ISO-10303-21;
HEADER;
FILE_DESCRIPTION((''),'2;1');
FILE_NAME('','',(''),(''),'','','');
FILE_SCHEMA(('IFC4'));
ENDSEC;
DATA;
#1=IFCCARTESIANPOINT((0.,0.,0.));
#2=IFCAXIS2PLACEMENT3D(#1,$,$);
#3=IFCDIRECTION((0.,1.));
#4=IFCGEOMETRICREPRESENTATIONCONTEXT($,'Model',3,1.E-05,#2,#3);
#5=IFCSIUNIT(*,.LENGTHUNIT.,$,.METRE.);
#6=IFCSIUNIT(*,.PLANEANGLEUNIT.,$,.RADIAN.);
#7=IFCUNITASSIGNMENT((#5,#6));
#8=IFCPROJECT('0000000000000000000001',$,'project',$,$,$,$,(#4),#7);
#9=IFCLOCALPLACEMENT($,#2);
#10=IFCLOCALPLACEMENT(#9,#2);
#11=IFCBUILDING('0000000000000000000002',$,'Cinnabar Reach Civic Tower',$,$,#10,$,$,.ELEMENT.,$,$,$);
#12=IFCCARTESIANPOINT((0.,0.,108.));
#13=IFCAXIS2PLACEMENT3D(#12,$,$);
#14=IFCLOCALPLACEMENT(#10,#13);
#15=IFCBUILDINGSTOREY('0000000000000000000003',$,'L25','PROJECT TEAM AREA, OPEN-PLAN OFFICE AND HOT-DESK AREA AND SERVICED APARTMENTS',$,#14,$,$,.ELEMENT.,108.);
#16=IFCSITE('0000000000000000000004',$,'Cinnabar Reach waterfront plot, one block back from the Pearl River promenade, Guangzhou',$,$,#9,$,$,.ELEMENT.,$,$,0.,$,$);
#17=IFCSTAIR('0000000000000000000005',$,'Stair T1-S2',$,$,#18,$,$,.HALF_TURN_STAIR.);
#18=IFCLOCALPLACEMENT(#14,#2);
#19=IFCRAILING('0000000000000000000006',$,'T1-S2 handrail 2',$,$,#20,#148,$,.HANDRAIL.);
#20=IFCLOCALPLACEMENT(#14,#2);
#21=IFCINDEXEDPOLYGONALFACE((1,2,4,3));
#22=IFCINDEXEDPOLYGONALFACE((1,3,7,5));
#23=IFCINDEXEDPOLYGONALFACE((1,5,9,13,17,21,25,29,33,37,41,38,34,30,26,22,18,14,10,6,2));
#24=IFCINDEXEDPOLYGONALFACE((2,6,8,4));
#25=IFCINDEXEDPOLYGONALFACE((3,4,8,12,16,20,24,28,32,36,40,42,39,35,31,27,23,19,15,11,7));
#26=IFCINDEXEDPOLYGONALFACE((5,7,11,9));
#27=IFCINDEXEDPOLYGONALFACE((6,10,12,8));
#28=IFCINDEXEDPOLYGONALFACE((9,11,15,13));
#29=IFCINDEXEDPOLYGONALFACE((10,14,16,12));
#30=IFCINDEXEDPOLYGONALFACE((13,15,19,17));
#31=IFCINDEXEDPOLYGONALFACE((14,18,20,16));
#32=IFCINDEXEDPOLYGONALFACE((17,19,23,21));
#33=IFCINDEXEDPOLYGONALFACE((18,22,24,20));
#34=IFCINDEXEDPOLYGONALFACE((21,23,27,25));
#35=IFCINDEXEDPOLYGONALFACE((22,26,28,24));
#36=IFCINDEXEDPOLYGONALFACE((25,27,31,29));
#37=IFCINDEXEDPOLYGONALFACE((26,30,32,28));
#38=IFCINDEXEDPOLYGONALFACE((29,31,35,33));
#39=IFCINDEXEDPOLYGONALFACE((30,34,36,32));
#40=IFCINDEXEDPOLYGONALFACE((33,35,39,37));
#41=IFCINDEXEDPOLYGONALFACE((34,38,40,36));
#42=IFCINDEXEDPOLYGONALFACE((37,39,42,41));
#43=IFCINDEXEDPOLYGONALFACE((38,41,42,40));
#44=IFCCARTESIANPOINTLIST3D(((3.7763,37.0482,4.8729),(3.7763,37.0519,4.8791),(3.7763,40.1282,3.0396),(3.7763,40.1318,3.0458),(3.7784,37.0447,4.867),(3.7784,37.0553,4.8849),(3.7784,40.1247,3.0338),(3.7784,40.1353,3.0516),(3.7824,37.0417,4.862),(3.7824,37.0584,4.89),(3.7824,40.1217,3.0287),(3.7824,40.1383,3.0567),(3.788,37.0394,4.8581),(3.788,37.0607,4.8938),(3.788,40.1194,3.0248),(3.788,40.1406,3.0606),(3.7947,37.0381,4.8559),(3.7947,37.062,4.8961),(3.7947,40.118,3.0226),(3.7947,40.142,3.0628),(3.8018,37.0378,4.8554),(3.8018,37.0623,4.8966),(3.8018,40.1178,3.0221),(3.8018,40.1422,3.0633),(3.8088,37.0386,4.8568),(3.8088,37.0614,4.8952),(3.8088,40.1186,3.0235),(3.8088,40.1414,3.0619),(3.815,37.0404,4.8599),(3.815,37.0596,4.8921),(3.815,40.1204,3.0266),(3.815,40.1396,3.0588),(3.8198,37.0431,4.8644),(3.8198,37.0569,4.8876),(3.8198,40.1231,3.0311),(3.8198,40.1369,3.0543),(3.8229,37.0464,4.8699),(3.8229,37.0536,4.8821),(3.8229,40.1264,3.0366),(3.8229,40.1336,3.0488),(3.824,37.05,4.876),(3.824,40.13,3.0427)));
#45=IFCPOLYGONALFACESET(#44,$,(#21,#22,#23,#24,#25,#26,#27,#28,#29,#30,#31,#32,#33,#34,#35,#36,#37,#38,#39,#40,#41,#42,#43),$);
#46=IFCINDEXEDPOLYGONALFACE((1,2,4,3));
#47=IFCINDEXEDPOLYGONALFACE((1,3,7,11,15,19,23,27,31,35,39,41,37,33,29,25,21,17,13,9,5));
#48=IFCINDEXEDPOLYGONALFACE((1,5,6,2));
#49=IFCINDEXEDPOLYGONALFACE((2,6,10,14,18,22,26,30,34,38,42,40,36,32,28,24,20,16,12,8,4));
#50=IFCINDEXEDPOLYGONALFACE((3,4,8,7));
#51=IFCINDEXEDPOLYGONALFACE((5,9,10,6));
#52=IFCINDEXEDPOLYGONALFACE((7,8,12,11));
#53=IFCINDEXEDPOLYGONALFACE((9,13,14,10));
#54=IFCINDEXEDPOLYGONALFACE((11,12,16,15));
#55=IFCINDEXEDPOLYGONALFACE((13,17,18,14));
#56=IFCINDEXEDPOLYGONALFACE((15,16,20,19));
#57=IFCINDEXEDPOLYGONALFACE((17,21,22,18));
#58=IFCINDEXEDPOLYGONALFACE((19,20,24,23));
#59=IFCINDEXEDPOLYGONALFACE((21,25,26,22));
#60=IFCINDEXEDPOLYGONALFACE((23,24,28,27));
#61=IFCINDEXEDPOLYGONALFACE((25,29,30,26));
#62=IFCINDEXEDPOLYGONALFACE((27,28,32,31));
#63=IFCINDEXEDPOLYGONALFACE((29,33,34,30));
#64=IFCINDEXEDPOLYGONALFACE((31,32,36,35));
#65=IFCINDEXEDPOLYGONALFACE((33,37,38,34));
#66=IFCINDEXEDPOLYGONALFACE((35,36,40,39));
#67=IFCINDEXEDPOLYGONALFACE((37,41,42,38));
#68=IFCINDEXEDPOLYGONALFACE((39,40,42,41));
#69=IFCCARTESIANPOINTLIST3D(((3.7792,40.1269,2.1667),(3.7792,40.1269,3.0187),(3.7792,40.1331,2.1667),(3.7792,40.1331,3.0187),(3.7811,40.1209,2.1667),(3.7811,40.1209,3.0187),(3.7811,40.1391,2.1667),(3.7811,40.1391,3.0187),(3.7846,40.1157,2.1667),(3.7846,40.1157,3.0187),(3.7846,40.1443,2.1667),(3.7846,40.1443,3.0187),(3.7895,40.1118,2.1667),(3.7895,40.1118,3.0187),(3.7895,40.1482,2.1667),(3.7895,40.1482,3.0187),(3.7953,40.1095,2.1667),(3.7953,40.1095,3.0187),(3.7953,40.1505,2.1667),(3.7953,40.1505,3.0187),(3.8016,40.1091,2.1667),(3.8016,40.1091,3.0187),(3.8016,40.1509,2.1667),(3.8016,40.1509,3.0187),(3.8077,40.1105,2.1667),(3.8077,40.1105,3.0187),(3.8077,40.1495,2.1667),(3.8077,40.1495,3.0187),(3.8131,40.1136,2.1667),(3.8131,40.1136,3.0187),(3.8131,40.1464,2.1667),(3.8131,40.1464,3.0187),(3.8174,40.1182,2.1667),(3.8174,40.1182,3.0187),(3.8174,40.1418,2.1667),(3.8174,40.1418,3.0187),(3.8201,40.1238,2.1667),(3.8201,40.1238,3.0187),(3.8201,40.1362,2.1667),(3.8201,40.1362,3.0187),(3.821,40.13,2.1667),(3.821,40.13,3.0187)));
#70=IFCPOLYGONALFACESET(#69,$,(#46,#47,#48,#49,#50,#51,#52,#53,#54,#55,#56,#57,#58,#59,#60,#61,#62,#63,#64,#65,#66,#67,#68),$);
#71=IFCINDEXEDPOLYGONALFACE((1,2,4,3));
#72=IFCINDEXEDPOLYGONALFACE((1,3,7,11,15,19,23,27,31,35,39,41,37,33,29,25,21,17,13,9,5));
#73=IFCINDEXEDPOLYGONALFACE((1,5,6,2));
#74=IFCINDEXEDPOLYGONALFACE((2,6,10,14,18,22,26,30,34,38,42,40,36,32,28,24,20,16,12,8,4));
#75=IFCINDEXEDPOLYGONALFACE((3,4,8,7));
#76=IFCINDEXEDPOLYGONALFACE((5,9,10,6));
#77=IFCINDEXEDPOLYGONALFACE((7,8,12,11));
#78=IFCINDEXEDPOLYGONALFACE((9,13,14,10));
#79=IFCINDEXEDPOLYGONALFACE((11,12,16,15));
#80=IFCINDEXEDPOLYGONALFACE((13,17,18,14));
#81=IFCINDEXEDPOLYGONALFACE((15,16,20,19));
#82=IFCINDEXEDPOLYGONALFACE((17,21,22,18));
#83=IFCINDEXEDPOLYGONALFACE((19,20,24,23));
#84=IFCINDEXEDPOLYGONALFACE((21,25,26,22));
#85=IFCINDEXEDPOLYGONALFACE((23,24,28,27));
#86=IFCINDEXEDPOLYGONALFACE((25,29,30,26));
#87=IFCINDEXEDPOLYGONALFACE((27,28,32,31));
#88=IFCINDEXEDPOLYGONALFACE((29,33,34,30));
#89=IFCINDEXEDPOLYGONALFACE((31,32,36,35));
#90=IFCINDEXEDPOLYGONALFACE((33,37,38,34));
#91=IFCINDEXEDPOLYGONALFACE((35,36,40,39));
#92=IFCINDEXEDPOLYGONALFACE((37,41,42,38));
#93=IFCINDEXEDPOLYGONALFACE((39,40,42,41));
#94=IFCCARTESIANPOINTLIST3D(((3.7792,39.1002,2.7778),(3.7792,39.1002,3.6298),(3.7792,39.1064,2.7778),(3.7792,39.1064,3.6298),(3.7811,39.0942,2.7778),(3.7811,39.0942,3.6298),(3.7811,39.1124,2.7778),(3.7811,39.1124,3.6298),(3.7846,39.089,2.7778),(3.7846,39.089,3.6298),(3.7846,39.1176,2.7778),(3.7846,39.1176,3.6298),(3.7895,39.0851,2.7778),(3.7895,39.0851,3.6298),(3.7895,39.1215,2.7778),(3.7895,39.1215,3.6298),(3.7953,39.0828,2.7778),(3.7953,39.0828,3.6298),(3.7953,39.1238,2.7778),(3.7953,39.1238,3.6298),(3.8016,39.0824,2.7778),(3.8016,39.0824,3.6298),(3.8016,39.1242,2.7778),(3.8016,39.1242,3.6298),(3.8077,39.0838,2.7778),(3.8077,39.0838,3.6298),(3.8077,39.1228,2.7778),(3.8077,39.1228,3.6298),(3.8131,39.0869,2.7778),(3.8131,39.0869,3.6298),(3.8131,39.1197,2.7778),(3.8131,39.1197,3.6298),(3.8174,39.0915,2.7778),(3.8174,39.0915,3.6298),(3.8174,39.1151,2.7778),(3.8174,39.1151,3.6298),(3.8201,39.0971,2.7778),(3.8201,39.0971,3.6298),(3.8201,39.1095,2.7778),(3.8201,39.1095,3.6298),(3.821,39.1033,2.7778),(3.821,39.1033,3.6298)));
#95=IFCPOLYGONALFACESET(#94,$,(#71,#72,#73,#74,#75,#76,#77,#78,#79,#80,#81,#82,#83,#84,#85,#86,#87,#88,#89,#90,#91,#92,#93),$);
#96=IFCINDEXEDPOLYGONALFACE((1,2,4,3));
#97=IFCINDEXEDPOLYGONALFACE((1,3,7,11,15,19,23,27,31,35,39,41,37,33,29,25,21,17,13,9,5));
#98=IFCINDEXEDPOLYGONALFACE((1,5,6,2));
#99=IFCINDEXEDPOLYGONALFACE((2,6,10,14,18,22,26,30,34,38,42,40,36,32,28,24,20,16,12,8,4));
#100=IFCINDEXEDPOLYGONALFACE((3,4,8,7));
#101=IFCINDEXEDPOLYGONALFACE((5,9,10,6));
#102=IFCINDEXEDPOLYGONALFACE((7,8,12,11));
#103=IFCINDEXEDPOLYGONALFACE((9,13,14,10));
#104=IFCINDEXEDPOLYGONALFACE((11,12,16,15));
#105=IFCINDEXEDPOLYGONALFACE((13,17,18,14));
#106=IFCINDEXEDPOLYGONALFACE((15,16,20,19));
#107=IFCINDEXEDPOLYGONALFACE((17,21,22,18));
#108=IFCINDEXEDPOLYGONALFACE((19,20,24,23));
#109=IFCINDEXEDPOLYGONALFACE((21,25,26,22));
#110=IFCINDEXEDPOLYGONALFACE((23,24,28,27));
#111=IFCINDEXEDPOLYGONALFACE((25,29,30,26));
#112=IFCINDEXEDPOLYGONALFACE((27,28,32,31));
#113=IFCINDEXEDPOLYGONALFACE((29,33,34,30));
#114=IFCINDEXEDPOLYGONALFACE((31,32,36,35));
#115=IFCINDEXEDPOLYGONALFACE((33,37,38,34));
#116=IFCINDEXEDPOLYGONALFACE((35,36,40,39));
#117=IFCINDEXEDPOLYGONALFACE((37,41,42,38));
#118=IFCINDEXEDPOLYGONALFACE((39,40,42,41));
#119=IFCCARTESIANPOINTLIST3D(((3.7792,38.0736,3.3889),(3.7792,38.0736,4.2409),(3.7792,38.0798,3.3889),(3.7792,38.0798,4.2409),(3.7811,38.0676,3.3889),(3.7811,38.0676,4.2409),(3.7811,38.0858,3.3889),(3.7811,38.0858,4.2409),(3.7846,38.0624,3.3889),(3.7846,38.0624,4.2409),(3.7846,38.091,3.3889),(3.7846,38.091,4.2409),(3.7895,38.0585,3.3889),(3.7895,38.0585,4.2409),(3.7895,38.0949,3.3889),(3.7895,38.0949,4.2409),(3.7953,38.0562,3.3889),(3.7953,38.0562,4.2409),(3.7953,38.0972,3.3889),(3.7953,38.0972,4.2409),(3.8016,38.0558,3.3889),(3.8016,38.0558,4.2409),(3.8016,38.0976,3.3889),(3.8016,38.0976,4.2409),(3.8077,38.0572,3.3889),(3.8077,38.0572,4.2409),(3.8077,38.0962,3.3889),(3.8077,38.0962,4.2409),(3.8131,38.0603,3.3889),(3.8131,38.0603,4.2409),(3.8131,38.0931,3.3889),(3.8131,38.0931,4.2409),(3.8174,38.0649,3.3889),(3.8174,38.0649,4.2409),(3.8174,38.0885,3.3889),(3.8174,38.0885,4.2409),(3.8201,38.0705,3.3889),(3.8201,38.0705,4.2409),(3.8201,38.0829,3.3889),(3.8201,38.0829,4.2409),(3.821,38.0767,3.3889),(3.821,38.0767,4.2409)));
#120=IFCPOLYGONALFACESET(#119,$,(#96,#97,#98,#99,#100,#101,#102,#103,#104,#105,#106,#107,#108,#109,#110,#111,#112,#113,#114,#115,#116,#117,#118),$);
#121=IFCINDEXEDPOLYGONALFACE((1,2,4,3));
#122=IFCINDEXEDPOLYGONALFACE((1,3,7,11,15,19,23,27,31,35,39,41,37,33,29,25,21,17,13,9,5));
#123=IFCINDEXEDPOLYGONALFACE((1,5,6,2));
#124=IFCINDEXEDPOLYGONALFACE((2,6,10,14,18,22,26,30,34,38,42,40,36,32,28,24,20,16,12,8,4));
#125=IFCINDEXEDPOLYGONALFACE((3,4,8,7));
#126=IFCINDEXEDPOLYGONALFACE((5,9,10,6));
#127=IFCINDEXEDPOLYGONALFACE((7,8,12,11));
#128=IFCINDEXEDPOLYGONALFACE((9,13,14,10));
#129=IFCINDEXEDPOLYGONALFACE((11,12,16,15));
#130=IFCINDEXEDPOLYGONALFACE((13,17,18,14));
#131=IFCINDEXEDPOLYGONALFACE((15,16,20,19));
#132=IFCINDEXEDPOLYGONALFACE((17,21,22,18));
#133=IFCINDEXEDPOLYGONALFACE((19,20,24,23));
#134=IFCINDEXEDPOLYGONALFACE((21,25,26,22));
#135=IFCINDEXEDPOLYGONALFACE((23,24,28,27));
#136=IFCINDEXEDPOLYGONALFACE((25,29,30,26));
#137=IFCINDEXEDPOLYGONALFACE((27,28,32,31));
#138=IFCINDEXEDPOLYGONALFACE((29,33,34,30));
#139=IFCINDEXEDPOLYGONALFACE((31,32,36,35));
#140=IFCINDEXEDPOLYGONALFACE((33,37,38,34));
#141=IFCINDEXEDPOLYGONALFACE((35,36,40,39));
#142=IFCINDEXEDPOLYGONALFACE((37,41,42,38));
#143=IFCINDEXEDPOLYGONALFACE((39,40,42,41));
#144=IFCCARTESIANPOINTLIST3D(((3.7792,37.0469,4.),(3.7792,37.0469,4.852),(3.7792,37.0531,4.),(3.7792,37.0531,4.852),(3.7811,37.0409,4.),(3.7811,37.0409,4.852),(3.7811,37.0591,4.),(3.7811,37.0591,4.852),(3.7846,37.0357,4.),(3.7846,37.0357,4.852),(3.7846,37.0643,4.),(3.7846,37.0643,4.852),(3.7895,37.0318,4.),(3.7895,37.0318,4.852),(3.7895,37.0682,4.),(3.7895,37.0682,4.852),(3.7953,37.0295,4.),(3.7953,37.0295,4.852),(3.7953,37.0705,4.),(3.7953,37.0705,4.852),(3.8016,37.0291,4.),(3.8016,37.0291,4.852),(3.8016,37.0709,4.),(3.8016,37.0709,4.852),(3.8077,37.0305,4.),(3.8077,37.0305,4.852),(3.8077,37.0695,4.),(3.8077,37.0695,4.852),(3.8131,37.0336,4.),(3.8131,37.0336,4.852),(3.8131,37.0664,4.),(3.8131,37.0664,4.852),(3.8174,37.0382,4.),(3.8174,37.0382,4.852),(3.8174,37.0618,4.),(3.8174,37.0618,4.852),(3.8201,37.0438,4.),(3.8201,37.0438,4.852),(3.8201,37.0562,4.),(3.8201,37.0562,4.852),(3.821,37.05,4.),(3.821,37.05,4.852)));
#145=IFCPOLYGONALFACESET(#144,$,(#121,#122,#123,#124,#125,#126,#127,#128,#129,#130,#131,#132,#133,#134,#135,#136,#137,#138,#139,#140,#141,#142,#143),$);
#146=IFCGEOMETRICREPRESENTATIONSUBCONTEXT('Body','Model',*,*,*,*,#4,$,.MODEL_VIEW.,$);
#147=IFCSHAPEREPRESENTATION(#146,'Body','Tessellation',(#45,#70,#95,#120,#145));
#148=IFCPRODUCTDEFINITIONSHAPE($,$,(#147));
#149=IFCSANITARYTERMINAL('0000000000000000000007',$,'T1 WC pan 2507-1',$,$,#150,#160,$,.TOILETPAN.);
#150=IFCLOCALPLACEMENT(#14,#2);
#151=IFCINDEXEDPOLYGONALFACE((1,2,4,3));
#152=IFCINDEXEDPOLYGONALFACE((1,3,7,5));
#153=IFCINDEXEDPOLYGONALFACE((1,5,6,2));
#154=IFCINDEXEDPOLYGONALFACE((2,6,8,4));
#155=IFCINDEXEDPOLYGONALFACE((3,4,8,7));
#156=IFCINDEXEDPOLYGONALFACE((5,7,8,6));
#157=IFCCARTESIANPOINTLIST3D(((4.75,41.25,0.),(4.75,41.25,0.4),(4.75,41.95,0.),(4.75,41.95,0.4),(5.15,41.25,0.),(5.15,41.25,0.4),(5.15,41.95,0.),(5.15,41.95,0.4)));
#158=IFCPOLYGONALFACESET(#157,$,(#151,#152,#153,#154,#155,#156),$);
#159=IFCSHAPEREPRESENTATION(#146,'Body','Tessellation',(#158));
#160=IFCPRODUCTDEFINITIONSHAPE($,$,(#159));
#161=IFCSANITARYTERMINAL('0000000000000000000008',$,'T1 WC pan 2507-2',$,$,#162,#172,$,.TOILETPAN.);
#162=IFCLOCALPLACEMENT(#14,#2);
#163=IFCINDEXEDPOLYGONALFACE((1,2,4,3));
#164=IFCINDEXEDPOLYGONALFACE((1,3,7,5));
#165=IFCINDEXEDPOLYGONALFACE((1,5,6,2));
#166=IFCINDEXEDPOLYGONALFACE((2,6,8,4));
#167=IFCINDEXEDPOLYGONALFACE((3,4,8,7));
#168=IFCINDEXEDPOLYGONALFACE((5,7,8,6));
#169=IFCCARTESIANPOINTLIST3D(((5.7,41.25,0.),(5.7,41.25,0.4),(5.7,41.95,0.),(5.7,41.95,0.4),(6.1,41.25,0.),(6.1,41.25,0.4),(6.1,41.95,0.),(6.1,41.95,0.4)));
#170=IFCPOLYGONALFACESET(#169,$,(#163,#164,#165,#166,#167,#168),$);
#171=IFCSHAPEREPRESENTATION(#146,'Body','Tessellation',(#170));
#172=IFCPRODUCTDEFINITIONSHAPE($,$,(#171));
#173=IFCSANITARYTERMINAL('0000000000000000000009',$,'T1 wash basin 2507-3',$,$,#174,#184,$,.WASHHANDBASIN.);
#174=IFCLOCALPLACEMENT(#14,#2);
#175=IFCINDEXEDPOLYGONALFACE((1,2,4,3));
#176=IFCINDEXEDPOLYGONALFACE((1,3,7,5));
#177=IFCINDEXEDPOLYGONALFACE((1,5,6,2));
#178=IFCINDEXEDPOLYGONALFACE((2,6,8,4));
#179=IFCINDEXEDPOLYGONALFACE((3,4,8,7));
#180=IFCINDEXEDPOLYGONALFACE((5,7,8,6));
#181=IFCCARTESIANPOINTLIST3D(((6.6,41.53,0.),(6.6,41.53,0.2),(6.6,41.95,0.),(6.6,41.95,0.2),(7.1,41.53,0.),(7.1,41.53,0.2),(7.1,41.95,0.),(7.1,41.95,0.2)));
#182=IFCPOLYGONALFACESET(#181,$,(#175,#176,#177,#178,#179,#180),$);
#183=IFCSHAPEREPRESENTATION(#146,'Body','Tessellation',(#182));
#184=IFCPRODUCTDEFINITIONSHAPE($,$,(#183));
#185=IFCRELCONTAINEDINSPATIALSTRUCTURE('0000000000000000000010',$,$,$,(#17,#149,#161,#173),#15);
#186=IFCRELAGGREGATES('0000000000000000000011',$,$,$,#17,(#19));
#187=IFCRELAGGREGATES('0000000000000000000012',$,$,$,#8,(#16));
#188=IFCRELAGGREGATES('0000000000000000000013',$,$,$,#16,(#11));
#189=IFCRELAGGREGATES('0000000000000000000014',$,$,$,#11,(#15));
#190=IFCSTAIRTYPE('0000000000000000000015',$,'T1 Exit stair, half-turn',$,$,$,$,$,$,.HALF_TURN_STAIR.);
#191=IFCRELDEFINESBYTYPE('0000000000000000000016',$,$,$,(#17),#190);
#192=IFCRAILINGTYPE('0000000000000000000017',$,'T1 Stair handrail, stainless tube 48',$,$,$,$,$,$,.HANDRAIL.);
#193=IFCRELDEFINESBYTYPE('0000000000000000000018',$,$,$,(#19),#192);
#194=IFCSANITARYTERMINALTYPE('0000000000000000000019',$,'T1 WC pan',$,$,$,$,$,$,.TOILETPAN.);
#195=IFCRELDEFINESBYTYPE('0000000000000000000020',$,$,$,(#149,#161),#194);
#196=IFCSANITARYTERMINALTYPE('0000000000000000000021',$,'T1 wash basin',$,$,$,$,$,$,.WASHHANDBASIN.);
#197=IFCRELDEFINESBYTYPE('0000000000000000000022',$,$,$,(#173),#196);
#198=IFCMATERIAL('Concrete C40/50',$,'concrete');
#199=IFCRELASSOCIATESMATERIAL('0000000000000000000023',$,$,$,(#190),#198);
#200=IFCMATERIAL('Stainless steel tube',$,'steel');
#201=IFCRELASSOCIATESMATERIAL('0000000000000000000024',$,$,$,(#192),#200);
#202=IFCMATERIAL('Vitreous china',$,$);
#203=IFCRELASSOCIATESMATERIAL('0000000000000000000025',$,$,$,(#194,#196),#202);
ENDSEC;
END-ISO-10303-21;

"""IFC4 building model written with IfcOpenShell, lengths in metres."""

from ifc_helpers import new_model, si_unit, direction, frame, origin, origin_2d, place, context, subcontext, project, spatial, rectangle, circle, extrude, material, type_object, element, aggregate, save


model = new_model("IFC4")

# Units and contexts
model_context = context("Model", 3, precision=1e-05, world=origin(), true_north=direction((0.0, 1.0)))
body_context = subcontext(model_context, "Body", "Model", "MODEL_VIEW")
ifc_project = project(units=[si_unit("LENGTHUNIT", "METRE"), si_unit("PLANEANGLEUNIT", "RADIAN")], contexts=[model_context])

# Site, building, storey
site_placement = place(None, origin())
site = spatial("IfcSite", under=ifc_project, at=site_placement, Name="Cinnabar Reach waterfront plot, one block back from the Pearl River promenade, Guangzhou", CompositionType="ELEMENT", RefElevation=0.0)
building_placement = place(site_placement, origin())
building = spatial("IfcBuilding", under=site, at=building_placement, Name="Cinnabar Reach Civic Tower", CompositionType="ELEMENT")
storey_placement = place(building_placement, frame((0.0, 0.0, 108.0)))
storey = spatial("IfcBuildingStorey", under=building, at=storey_placement, Name="L25", Description="PROJECT TEAM AREA, OPEN-PLAN OFFICE AND HOT-DESK AREA AND SERVICED APARTMENTS", CompositionType="ELEMENT", Elevation=108.0)

# Stair, railing
ifc_material_1 = material(Name="Concrete C40/50", Category="concrete")
stair_type = type_object("IfcStairType", Name="T1 Exit stair, half-turn", PredefinedType="HALF_TURN_STAIR", material=ifc_material_1)
stair_placement = place(storey_placement, origin())
stair = element("IfcStair", 1, at=stair_placement, inside=storey, type_object=stair_type, Name="Stair T1-S2", PredefinedType="HALF_TURN_STAIR")
ifc_material_2 = material(Name="Stainless steel tube", Category="steel")
railing_type = type_object("IfcRailingType", Name="T1 Stair handrail, stainless tube 48", PredefinedType="HANDRAIL", material=ifc_material_2)
railing_1_placement = place(storey_placement, frame((3.8, 40.13, 2.1667)))
railing_1 = element("IfcRailing", 2, at=railing_1_placement, type_object=railing_type, Name="T1-S2 handrail 2", PredefinedType="HANDRAIL", context=body_context, shape_type="SweptSolid", body=[
    extrude(circle(Radius=0.024, at=origin_2d()), frame((0.0, 0.0, 0.876), z_axis=(0.0, -0.859297, 0.511477), x_axis=(1.0, 0.0, 0.0)), (0.0, 0.0, 1.0), 3.5843),
    extrude(circle(Radius=0.021, at=origin_2d()), origin(), (0.0, 0.0, 1.0), 0.852),
    extrude(circle(Radius=0.021, at=origin_2d()), frame((0.0, -1.0267, 0.6111)), (0.0, 0.0, 1.0), 0.852),
    extrude(circle(Radius=0.021, at=origin_2d()), frame((0.0, -2.0533, 1.2222)), (0.0, 0.0, 1.0), 0.852),
    extrude(circle(Radius=0.021, at=origin_2d()), frame((0.0, -3.08, 1.8333)), (0.0, 0.0, 1.0), 0.852),
])
aggregate(stair, [railing_1])

# Sanitary terminals
ifc_material_3 = material(Name="Vitreous china")
sanitary_terminal_type_1 = type_object("IfcSanitaryTerminalType", Name="T1 WC pan", PredefinedType="TOILETPAN", material=ifc_material_3)
for number, where, z_axis, x_axis, name in (
    (3, (4.95, 41.6, 0.0), (0.0, 0.0, 1.0), (1.0, 0.0, 0.0), "T1 WC pan 2507-1"),
    (4, (5.9, 41.6, 0.0), (0.0, 0.0, 1.0), (1.0, 0.0, 0.0), "T1 WC pan 2507-2"),
):
    element("IfcSanitaryTerminal", number, at=place(storey_placement, frame(where, z_axis=z_axis, x_axis=x_axis)), inside=storey, type_object=sanitary_terminal_type_1, Name=name, PredefinedType="TOILETPAN", context=body_context, shape_type="SweptSolid", body=[
        extrude(rectangle(XDim=0.4, YDim=0.7, at=origin_2d()), origin(), (0.0, 0.0, 1.0), 0.4),
    ])
sanitary_terminal_type_2 = type_object("IfcSanitaryTerminalType", Name="T1 wash basin", PredefinedType="WASHHANDBASIN", material=ifc_material_3)
sanitary_terminal_placement = place(storey_placement, frame((6.85, 41.74, 0.0), z_axis=(0.0, 0.0, 1.0), x_axis=(1.0, 0.0, 0.0)))
element("IfcSanitaryTerminal", 5, at=sanitary_terminal_placement, inside=storey, type_object=sanitary_terminal_type_2, Name="T1 wash basin 2507-3", PredefinedType="WASHHANDBASIN", context=body_context, shape_type="SweptSolid", body=[
    extrude(rectangle(XDim=0.5, YDim=0.42, at=origin_2d()), origin(), (0.0, 0.0, 1.0), 0.2),
])

save(model, "model.ifc")
